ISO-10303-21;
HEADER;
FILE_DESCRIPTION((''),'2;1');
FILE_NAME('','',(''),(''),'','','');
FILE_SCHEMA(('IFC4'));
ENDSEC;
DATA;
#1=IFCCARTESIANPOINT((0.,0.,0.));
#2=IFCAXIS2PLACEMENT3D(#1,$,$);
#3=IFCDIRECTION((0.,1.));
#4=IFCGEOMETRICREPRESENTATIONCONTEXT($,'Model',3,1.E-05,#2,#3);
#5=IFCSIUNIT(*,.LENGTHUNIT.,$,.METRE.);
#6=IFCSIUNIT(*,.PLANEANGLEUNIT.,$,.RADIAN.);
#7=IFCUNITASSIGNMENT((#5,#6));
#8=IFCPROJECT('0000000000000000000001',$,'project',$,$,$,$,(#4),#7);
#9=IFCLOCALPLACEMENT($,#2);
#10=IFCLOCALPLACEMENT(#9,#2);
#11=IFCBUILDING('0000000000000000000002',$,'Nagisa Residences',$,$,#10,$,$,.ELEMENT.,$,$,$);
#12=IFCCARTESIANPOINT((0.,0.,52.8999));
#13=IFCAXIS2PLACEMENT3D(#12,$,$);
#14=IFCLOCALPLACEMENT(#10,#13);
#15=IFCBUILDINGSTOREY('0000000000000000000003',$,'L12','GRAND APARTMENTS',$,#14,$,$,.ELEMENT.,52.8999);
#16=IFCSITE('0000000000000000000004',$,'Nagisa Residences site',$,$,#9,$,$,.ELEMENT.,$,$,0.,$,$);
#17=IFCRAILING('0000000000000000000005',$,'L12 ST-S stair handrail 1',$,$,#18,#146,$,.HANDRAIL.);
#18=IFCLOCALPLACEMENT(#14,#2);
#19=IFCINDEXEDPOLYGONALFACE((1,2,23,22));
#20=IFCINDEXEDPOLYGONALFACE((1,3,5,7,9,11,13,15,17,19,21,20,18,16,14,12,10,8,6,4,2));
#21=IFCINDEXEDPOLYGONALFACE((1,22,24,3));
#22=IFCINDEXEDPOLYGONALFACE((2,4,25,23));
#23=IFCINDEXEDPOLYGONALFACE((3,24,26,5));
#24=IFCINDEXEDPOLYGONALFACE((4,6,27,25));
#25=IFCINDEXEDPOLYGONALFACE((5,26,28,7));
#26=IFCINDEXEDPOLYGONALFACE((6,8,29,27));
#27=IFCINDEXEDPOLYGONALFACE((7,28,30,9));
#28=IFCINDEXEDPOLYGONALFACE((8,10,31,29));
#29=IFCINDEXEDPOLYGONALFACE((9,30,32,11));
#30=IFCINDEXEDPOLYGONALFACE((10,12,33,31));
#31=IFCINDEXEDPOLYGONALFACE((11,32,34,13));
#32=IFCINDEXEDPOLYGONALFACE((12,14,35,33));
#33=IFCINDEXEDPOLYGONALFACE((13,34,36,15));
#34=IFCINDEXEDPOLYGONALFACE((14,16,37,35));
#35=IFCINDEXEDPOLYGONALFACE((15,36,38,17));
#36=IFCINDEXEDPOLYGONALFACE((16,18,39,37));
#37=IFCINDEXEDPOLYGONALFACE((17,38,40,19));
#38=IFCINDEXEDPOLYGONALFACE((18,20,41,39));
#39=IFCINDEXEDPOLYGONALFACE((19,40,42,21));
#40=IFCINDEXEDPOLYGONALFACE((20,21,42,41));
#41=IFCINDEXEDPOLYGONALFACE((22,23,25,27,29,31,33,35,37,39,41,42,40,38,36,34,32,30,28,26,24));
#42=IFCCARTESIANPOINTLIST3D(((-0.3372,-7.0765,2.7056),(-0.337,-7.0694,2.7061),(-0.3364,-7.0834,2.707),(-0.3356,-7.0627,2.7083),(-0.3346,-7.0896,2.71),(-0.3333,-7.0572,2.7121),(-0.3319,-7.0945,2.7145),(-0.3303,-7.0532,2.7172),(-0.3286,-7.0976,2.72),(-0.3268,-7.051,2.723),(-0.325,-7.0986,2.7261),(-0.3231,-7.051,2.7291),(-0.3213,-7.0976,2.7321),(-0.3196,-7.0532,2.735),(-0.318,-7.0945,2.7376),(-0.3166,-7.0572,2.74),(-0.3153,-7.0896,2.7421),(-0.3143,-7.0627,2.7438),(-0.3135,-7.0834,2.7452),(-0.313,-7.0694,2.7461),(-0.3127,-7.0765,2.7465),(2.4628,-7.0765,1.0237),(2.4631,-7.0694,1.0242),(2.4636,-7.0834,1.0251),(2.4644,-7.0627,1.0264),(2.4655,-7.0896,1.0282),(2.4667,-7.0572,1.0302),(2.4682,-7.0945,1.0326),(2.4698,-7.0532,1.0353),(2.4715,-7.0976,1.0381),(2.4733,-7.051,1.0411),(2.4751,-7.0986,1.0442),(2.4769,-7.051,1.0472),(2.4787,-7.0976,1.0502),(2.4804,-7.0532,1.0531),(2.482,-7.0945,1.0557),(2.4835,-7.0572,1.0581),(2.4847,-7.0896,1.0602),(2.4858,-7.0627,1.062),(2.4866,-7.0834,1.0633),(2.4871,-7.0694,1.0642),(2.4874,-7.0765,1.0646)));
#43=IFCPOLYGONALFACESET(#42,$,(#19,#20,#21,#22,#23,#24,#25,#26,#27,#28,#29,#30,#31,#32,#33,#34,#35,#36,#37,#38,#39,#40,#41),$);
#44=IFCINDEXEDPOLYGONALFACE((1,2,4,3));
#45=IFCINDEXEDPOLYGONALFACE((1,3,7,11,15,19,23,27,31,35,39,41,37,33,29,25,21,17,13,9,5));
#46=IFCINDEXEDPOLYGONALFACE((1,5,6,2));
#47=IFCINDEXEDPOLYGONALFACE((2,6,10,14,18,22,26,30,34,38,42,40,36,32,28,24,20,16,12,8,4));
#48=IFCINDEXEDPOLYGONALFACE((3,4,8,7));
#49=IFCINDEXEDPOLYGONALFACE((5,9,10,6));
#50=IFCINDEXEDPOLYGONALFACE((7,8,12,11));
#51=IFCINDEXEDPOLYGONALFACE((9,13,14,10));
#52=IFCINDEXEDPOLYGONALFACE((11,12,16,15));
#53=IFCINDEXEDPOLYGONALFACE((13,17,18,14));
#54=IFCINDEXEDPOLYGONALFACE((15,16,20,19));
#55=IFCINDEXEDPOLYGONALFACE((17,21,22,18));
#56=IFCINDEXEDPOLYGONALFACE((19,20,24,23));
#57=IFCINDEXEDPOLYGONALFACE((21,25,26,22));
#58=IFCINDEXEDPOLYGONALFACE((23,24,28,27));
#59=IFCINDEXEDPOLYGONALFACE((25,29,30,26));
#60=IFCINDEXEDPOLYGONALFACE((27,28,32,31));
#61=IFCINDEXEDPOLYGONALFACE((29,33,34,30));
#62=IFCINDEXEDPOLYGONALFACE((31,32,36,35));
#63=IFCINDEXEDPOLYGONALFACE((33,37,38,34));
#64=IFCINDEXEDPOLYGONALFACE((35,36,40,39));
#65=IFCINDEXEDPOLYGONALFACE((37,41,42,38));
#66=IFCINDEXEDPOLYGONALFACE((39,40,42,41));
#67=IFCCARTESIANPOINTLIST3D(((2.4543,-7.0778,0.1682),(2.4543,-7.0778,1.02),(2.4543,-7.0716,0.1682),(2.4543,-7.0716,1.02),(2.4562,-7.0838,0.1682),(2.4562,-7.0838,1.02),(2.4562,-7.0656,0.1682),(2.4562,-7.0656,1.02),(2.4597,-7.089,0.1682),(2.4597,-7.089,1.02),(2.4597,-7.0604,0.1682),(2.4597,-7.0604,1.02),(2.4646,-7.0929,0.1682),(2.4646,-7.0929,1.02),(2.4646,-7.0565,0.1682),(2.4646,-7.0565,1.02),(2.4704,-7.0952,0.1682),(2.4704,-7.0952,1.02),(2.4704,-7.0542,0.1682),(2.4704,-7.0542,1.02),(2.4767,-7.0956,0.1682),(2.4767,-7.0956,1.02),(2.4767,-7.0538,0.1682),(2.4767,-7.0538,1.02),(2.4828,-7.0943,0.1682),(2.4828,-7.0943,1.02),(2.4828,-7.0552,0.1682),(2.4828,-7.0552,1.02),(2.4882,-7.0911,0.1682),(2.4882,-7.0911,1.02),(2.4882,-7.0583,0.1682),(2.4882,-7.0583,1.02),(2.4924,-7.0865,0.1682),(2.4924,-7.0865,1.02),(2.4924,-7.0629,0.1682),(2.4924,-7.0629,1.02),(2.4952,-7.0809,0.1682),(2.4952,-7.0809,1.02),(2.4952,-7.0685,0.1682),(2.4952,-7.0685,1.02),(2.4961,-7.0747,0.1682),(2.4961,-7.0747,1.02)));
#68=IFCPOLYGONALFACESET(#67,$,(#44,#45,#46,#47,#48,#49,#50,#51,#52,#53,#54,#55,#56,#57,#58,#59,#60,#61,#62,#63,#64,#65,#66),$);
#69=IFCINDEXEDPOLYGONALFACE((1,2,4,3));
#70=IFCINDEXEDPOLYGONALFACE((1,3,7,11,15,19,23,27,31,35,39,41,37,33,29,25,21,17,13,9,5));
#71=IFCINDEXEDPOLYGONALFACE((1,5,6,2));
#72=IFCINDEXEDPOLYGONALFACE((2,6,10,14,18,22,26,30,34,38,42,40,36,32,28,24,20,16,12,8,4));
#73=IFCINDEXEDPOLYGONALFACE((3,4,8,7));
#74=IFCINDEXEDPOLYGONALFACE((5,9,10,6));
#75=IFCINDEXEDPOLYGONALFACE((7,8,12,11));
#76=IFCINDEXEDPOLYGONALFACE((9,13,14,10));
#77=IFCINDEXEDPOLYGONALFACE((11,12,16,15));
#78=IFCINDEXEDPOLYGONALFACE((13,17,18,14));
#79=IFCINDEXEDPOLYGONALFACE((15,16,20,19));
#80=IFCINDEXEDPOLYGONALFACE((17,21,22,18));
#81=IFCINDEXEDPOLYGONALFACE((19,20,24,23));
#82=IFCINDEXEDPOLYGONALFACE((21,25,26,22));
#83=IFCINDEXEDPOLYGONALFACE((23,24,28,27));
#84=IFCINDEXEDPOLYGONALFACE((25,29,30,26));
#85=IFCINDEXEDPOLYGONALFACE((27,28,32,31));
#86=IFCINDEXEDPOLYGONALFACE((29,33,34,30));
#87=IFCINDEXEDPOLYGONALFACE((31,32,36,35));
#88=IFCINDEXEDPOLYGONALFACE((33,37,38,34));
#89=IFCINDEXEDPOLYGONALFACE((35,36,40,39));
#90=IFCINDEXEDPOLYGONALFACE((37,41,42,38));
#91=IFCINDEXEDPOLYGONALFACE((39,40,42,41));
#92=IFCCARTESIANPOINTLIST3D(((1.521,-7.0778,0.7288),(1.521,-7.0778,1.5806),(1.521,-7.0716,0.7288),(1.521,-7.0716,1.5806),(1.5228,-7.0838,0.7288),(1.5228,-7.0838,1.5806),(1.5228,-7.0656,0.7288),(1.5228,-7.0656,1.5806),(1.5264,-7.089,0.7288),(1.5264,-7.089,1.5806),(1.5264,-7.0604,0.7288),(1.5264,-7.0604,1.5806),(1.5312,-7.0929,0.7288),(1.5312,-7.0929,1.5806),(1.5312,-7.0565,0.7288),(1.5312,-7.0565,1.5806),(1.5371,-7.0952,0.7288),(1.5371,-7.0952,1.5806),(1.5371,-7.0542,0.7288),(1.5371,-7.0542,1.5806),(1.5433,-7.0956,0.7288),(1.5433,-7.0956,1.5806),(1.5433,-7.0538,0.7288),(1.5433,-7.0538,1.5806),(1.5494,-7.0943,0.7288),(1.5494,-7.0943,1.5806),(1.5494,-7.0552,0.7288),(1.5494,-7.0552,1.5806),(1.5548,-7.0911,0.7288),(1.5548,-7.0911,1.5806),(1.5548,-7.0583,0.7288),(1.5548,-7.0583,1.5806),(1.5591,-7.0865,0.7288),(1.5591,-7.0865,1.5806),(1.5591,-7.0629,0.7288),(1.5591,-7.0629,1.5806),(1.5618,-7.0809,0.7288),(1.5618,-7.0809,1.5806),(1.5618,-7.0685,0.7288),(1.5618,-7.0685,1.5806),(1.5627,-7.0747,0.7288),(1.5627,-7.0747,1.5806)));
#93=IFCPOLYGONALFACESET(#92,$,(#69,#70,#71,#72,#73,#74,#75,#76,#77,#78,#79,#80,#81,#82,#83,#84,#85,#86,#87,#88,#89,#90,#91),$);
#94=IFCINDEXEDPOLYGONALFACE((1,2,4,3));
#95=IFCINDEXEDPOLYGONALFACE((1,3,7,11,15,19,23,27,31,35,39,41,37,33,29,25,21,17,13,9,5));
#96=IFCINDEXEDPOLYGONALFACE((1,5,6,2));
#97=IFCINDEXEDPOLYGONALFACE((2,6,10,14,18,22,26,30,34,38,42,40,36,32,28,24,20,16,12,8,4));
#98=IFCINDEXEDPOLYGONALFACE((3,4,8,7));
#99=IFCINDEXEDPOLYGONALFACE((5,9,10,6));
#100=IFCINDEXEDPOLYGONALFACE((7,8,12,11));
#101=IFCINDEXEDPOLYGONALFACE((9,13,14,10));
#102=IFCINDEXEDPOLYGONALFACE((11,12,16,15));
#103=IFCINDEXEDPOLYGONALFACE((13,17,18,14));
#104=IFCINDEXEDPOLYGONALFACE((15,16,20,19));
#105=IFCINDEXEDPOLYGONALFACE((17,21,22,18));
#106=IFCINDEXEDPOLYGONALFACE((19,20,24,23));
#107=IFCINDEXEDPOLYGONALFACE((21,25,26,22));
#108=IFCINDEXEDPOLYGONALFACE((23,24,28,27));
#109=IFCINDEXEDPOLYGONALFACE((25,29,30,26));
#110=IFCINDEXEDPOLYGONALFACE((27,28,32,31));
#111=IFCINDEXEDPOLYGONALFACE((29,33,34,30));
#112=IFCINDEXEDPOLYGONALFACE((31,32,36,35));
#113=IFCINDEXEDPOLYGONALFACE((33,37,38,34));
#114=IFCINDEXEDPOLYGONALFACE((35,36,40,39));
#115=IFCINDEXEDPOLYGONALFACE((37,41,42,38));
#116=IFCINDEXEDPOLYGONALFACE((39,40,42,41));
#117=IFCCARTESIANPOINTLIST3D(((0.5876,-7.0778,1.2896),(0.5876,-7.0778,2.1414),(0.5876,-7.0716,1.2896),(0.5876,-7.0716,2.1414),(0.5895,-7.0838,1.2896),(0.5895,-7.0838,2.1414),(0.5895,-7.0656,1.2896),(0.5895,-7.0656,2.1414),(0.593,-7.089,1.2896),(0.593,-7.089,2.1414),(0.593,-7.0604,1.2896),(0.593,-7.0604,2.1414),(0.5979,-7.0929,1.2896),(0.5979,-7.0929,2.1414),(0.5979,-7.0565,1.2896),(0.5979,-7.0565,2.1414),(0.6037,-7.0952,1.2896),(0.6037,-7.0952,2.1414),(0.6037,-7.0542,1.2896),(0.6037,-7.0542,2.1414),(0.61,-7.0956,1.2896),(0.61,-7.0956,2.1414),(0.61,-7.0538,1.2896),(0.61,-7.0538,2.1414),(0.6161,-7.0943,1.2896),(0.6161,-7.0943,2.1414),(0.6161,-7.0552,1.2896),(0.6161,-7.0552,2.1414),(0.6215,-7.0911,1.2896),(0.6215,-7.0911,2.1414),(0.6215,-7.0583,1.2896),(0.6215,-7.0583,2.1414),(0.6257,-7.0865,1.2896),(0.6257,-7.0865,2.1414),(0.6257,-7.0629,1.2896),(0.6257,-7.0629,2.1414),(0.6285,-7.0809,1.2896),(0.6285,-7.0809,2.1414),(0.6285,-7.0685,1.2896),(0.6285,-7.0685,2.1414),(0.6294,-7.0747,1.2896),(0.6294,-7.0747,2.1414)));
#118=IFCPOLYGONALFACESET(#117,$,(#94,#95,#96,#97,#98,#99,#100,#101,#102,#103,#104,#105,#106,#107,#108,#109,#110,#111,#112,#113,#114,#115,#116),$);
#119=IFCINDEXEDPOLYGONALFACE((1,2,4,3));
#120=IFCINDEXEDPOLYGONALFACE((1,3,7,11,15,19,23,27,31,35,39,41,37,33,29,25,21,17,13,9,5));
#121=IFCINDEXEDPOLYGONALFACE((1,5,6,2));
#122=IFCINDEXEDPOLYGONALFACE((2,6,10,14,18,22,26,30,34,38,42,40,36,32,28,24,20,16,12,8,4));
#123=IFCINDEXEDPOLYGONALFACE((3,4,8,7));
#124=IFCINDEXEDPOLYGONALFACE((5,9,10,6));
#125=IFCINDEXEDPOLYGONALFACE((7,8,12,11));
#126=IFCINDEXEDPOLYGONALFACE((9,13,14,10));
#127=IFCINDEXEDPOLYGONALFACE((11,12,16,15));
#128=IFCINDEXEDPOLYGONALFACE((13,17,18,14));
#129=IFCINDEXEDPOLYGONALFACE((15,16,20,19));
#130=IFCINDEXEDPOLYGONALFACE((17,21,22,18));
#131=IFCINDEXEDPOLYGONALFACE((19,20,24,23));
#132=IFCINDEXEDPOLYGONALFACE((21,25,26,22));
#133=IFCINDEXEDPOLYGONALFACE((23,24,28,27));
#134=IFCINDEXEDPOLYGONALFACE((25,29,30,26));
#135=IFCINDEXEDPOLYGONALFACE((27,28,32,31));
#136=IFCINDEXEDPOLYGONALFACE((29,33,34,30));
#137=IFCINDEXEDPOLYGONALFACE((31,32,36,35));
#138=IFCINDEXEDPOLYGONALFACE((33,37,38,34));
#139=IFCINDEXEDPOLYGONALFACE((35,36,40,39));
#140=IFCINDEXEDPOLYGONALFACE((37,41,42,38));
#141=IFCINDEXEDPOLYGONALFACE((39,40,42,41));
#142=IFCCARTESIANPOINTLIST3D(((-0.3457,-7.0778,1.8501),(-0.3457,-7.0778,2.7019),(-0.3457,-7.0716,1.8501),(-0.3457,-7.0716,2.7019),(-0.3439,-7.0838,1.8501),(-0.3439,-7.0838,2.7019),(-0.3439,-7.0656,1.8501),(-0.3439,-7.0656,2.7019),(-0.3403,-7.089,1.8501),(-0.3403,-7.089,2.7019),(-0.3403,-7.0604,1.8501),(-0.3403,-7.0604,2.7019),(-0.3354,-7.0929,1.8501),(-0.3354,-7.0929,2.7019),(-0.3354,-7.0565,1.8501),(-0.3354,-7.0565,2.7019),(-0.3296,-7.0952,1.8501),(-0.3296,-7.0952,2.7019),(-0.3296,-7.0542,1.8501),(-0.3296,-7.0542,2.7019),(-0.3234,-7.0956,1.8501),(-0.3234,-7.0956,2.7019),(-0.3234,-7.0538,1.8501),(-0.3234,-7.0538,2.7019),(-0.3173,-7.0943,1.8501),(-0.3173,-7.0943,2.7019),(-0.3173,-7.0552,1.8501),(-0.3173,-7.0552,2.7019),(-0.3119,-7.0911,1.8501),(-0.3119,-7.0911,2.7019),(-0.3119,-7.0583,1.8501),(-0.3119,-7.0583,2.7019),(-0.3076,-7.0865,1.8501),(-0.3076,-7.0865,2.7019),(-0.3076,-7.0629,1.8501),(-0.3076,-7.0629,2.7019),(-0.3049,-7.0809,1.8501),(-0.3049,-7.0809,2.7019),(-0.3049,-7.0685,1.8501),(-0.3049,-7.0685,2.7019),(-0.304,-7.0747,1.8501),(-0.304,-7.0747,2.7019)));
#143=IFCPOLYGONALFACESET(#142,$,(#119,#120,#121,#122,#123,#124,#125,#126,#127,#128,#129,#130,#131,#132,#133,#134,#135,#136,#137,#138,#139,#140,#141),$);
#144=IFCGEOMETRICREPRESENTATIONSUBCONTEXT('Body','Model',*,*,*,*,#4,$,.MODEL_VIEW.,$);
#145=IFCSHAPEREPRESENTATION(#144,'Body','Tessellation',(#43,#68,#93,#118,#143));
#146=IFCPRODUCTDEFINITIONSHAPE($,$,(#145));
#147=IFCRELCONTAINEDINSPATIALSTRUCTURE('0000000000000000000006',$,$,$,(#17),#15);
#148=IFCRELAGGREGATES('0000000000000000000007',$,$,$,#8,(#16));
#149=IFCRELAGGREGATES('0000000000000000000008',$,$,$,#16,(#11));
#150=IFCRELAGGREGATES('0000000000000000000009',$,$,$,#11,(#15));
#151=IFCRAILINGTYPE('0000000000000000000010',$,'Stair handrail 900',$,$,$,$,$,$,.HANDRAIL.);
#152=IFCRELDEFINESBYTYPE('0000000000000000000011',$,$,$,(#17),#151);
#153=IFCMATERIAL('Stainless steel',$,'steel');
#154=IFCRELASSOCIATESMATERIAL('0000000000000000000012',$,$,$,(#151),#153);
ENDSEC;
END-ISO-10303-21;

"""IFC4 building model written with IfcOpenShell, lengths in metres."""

from ifc_helpers import new_model, si_unit, direction, frame, origin, origin_2d, place, context, subcontext, project, spatial, circle, extrude, material, type_object, element, save


model = new_model("IFC4")

# Units and contexts
model_context = context("Model", 3, precision=1e-05, world=origin(), true_north=direction((0.0, 1.0)))
body_context = subcontext(model_context, "Body", "Model", "MODEL_VIEW")
ifc_project = project(units=[si_unit("LENGTHUNIT", "METRE"), si_unit("PLANEANGLEUNIT", "RADIAN")], contexts=[model_context])

# Site, building, storey
site_placement = place(None, origin())
site = spatial("IfcSite", under=ifc_project, at=site_placement, Name="Nagisa Residences site", CompositionType="ELEMENT", RefElevation=0.0)
building_placement = place(site_placement, origin())
building = spatial("IfcBuilding", under=site, at=building_placement, Name="Nagisa Residences", CompositionType="ELEMENT")
storey_placement = place(building_placement, frame((0.0, 0.0, 52.8999)))
storey = spatial("IfcBuildingStorey", under=building, at=storey_placement, Name="L12", Description="GRAND APARTMENTS", CompositionType="ELEMENT", Elevation=52.8999)

# Railing
ifc_material_1 = material(Name="Stainless steel", Category="steel")
railing_type_1 = type_object("IfcRailingType", Name="Stair handrail 900", PredefinedType="HANDRAIL", material=ifc_material_1)
railing_1_placement = place(storey_placement, frame((2.4751, -7.0747, 0.1682)))
element("IfcRailing", 1, at=railing_1_placement, inside=storey, type_object=railing_type_1, Name="L12 ST-S stair handrail 1", PredefinedType="HANDRAIL", context=body_context, shape_type="SweptSolid", body=[
    extrude(circle(Radius=0.0239, at=origin_2d()), frame((0.0, 0.0, 0.876), z_axis=(-0.857242, 0.0, 0.514913), x_axis=(0.0, -1.0, 0.0)), (0.0, 0.0, 1.0), 3.2664),
    extrude(circle(Radius=0.021, at=origin_2d()), origin(), (0.0, 0.0, 1.0), 0.8518),
    extrude(circle(Radius=0.021, at=origin_2d()), frame((-0.9333, 0.0, 0.5605)), (0.0, 0.0, 1.0), 0.8518),
    extrude(circle(Radius=0.021, at=origin_2d()), frame((-1.8667, 0.0, 1.1213)), (0.0, 0.0, 1.0), 0.8518),
    extrude(circle(Radius=0.021, at=origin_2d()), frame((-2.8, 0.0, 1.6819)), (0.0, 0.0, 1.0), 0.8518),
])

save(model, "model.ifc")
